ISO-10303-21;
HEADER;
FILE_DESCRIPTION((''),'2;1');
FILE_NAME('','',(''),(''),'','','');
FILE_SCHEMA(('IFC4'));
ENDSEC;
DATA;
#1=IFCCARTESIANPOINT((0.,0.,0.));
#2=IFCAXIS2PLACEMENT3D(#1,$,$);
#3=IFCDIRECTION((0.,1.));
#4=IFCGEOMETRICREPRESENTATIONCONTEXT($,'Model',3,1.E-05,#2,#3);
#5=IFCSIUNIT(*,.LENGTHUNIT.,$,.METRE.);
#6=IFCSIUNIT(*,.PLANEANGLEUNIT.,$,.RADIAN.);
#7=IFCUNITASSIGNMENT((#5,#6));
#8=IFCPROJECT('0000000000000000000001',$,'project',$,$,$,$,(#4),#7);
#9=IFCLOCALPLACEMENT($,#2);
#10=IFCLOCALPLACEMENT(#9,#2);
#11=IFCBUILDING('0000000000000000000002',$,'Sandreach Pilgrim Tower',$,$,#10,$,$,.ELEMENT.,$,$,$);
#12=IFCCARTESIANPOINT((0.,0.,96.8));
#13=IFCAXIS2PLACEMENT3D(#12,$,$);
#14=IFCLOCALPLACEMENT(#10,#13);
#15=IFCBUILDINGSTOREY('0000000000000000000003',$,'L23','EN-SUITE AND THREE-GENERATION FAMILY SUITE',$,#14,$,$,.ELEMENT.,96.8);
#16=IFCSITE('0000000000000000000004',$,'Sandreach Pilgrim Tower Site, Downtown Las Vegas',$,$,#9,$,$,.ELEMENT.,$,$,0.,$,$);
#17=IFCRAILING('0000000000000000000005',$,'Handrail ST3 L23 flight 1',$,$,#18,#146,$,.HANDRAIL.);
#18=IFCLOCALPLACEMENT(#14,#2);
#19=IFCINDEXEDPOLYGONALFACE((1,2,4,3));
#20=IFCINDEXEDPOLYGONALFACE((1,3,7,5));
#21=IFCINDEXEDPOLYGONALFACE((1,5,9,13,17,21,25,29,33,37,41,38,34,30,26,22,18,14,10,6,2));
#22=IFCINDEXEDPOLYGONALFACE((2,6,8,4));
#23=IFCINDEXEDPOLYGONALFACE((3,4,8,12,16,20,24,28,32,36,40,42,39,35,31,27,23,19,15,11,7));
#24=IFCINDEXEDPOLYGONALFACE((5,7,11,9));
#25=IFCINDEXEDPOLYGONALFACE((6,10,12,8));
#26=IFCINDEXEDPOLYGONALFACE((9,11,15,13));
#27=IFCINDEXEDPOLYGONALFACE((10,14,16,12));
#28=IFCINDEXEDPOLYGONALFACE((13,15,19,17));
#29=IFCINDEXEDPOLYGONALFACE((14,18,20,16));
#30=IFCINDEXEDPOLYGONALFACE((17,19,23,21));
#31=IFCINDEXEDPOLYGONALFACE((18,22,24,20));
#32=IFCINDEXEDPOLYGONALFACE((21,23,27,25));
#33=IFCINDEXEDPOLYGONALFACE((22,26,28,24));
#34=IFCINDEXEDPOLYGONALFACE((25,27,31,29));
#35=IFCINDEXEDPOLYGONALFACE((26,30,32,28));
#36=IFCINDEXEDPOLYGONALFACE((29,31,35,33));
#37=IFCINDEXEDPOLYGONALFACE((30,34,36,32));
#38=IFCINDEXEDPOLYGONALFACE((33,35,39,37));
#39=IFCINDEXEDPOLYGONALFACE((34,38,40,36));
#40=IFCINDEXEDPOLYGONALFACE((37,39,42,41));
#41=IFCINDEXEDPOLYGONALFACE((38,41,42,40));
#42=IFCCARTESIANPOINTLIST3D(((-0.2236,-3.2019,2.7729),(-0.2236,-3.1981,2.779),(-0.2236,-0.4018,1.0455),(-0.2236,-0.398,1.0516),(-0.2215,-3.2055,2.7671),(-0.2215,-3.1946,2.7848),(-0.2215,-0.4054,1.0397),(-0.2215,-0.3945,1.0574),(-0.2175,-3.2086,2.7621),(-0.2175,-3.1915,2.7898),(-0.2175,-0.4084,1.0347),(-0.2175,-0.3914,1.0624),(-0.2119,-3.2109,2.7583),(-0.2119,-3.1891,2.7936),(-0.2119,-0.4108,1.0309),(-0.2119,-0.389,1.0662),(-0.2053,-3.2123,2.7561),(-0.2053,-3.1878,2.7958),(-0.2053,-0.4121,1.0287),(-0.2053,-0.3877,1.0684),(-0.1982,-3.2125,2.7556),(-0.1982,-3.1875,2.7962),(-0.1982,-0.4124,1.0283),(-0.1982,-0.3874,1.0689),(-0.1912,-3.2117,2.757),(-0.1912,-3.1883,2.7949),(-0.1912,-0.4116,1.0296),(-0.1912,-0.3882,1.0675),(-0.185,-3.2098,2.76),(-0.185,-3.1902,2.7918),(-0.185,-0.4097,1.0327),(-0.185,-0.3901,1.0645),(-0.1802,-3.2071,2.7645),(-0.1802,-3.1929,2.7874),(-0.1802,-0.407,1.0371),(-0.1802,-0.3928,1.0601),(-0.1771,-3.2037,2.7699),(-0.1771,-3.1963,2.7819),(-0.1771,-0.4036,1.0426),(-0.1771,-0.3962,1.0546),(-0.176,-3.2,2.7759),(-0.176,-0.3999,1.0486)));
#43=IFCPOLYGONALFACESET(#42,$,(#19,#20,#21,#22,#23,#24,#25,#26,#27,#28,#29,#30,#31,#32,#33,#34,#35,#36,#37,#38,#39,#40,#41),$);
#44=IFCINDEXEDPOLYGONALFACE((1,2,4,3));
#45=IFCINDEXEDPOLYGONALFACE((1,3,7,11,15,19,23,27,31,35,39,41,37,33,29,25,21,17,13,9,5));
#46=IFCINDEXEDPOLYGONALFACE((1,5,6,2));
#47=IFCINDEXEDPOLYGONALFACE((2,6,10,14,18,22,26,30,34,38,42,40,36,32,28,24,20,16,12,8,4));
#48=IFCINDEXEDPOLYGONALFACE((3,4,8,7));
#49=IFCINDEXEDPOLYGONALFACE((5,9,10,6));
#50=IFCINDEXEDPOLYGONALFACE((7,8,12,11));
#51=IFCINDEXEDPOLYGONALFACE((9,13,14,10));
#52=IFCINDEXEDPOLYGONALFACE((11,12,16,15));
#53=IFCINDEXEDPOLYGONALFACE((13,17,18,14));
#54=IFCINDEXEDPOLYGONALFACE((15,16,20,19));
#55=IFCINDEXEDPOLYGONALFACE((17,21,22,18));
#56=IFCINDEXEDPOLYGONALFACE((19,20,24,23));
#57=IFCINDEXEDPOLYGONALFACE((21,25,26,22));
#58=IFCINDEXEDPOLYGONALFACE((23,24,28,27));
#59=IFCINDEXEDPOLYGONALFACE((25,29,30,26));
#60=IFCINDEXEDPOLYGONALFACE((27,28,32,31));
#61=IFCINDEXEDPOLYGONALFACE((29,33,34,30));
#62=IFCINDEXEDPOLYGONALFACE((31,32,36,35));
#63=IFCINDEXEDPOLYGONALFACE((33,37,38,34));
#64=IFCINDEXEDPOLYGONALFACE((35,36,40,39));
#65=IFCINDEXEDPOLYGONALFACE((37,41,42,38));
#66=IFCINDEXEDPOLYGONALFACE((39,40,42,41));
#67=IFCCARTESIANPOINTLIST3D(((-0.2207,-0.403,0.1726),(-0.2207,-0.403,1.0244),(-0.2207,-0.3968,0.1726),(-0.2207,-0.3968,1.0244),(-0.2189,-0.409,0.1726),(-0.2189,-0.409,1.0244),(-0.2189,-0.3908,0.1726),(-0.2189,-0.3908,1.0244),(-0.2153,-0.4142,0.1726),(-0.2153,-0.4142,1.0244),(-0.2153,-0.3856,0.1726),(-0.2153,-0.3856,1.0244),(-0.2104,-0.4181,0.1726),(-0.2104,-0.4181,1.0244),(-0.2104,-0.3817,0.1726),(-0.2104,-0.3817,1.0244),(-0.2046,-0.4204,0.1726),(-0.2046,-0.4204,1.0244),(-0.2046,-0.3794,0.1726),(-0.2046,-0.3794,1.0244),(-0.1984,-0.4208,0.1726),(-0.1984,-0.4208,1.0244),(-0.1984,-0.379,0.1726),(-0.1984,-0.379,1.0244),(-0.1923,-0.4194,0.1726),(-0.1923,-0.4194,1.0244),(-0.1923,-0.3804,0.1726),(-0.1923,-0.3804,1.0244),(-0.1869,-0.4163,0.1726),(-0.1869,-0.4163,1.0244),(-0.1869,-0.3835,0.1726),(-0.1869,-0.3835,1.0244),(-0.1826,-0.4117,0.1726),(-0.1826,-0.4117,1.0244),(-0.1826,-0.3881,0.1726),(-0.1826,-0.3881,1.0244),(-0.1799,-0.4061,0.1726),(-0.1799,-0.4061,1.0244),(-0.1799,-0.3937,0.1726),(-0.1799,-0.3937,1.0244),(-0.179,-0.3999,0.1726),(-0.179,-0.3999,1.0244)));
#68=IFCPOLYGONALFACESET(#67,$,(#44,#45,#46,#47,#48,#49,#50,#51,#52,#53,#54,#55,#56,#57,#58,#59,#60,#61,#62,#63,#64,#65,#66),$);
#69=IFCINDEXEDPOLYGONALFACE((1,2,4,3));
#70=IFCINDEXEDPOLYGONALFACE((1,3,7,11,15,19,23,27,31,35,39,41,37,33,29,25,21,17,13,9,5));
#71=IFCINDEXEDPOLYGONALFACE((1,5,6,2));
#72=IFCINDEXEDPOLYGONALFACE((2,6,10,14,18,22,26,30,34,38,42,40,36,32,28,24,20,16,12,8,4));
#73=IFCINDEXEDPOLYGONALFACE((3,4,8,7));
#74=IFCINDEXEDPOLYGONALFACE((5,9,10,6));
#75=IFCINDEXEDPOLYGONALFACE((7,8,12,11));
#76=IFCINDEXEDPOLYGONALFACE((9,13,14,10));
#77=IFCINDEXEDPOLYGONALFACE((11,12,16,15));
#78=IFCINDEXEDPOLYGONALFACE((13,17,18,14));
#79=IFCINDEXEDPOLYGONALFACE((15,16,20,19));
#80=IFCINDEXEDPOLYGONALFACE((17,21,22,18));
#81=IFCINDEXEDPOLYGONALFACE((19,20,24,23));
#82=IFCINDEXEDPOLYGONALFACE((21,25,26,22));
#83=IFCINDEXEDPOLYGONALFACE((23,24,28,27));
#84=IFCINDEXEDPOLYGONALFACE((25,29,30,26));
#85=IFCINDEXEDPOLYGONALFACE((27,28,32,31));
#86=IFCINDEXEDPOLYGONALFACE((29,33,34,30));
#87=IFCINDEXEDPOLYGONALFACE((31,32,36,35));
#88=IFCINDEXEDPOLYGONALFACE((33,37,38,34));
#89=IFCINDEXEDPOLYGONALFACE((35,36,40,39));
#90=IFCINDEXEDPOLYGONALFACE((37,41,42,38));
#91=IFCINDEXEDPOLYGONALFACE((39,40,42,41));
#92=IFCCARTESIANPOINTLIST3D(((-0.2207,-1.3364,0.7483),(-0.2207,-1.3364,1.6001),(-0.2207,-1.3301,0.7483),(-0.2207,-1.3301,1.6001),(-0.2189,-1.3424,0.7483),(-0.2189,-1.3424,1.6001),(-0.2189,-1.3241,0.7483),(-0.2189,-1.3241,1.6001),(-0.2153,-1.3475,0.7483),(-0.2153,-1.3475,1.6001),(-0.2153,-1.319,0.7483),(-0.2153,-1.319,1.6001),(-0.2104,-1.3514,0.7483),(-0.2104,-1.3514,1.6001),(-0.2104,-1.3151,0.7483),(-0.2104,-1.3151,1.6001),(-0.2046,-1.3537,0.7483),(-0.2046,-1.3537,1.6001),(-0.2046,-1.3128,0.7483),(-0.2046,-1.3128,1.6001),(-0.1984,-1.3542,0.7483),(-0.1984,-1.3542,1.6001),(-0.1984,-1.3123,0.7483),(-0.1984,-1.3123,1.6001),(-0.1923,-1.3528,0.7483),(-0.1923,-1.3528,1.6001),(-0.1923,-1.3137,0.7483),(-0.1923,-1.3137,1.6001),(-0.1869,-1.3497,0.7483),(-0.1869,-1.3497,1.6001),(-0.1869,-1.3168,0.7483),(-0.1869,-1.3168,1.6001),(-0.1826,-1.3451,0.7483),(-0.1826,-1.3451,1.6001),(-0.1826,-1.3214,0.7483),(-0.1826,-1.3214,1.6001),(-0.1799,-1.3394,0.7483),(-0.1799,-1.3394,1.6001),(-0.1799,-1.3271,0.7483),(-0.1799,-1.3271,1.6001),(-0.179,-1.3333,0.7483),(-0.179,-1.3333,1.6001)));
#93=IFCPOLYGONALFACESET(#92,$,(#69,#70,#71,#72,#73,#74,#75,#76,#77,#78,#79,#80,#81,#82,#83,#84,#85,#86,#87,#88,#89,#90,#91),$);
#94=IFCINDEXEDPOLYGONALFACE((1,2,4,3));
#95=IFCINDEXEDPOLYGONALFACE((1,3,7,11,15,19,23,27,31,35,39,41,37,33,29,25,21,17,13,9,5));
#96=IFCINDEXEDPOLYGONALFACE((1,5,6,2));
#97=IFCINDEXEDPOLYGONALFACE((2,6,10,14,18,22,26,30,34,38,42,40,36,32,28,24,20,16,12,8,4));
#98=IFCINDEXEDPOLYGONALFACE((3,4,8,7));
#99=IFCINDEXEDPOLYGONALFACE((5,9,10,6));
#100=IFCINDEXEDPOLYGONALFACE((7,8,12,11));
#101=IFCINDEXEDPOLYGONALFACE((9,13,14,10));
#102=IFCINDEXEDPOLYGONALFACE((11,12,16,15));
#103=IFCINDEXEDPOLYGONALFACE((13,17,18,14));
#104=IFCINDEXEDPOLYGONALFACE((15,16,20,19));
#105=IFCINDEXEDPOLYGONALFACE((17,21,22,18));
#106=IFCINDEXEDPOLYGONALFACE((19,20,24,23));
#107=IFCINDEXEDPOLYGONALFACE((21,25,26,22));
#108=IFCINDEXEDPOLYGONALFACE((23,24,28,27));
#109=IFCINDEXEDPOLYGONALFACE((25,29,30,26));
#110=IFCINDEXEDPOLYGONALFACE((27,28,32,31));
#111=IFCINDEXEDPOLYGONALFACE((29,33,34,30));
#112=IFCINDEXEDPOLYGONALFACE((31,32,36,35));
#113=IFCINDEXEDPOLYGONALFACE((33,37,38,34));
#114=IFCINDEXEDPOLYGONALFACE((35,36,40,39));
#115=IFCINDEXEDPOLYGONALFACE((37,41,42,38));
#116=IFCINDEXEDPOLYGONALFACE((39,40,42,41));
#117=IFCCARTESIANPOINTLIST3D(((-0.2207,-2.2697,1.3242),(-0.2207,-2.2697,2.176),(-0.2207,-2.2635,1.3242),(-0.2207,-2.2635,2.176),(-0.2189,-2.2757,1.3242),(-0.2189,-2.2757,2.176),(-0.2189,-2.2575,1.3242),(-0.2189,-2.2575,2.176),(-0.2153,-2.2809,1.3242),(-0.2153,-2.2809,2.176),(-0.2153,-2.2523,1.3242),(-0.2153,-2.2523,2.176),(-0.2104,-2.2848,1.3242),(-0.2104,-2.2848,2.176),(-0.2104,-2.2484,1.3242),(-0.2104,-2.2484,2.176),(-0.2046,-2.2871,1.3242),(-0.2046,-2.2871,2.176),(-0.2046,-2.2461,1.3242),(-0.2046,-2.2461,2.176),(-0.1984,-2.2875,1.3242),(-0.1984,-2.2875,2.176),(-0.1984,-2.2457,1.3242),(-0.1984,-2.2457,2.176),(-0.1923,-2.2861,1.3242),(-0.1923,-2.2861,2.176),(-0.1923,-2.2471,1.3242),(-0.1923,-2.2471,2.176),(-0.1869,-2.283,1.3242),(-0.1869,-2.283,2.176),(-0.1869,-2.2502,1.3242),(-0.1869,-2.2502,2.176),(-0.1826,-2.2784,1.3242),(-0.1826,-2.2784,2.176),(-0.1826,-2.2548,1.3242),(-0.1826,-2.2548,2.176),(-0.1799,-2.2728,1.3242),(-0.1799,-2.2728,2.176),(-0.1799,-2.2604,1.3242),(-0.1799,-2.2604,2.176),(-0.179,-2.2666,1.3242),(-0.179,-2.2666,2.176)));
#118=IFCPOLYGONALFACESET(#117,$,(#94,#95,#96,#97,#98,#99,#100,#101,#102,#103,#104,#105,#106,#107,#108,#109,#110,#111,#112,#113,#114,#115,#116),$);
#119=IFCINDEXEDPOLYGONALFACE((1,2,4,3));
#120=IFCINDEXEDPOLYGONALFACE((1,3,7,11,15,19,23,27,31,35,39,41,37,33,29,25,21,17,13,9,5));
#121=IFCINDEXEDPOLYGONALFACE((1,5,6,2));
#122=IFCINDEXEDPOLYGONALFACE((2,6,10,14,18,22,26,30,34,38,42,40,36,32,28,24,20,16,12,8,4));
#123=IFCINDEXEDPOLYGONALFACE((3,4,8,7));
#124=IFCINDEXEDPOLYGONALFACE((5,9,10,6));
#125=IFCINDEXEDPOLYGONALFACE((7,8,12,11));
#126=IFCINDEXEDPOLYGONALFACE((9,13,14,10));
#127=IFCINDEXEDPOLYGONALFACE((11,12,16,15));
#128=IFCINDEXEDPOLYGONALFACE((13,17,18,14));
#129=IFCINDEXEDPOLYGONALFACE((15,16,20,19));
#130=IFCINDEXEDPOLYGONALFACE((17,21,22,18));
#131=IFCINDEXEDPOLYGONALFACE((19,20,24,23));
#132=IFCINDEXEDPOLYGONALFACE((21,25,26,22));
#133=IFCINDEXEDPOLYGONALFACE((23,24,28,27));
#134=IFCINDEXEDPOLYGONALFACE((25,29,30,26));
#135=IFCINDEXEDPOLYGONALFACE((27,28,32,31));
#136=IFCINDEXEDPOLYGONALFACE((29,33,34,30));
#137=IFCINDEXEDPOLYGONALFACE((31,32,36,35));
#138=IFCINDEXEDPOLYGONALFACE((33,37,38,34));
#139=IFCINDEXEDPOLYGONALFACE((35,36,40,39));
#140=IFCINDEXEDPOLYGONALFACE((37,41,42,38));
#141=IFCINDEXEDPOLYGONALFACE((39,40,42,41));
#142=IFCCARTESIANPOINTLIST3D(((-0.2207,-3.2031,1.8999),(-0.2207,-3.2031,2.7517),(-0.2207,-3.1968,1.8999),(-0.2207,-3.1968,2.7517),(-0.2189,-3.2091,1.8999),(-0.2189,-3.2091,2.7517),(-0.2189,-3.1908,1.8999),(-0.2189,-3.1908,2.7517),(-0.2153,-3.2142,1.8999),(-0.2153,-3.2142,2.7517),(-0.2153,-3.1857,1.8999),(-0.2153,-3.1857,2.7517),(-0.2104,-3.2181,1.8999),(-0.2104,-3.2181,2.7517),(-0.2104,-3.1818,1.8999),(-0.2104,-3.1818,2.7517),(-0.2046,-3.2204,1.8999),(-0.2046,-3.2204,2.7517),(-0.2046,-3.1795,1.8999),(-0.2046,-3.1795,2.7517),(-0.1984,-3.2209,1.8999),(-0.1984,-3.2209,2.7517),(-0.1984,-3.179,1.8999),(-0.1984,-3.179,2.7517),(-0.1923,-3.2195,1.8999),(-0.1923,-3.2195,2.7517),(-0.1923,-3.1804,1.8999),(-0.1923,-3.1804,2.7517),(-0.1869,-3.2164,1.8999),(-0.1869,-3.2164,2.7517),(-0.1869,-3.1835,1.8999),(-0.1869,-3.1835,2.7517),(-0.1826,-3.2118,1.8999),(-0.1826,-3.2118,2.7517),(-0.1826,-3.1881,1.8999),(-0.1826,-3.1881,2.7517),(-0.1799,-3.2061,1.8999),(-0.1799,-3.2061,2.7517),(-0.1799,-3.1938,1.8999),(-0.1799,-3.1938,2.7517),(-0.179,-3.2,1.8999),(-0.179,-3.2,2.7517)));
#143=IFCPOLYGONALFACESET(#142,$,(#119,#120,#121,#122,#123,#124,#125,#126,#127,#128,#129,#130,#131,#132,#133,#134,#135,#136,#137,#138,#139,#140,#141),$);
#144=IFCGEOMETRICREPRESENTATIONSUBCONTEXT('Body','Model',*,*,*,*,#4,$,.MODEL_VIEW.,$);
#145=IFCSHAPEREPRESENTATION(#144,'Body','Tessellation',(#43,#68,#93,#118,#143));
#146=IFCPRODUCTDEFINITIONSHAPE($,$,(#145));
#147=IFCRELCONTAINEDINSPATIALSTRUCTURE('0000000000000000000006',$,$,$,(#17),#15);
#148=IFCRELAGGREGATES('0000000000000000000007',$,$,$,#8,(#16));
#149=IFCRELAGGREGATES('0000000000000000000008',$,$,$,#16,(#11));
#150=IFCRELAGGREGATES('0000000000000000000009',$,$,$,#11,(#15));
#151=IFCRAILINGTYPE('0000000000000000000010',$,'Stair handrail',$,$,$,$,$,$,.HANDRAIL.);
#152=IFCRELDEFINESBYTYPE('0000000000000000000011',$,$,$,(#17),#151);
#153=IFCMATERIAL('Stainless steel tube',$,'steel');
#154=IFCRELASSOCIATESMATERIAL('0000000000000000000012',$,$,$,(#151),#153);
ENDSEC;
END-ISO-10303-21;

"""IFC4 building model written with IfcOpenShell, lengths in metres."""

from ifc_helpers import new_model, si_unit, direction, frame, origin, origin_2d, place, context, subcontext, project, spatial, circle, extrude, material, type_object, element, save


model = new_model("IFC4")

# Units and contexts
model_context = context("Model", 3, precision=1e-05, world=origin(), true_north=direction((0.0, 1.0)))
body_context = subcontext(model_context, "Body", "Model", "MODEL_VIEW")
ifc_project = project(units=[si_unit("LENGTHUNIT", "METRE"), si_unit("PLANEANGLEUNIT", "RADIAN")], contexts=[model_context])

# Site, building, storey
site_placement = place(None, origin())
site = spatial("IfcSite", under=ifc_project, at=site_placement, Name="Sandreach Pilgrim Tower Site, Downtown Las Vegas", CompositionType="ELEMENT", RefElevation=0.0)
building_placement = place(site_placement, origin())
building = spatial("IfcBuilding", under=site, at=building_placement, Name="Sandreach Pilgrim Tower", CompositionType="ELEMENT")
storey_placement = place(building_placement, frame((0.0, 0.0, 96.8)))
storey = spatial("IfcBuildingStorey", under=building, at=storey_placement, Name="L23", Description="EN-SUITE AND THREE-GENERATION FAMILY SUITE", CompositionType="ELEMENT", Elevation=96.8)

# Railing
ifc_material_1 = material(Name="Stainless steel tube", Category="steel")
railing_type = type_object("IfcRailingType", Name="Stair handrail", PredefinedType="HANDRAIL", material=ifc_material_1)
for number, where, name in (
    (1, (-0.2, -0.3999, 0.1726), "Handrail ST3 L23 flight 1"),
):
    element("IfcRailing", number, at=place(storey_placement, frame(where)), inside=storey, type_object=railing_type, Name=name, PredefinedType="HANDRAIL", context=body_context, shape_type="SweptSolid", body=[
        extrude(circle(Radius=0.0239, at=origin_2d()), frame((0.0, 0.0, 0.876), z_axis=(0.0, -0.85109, 0.52502), x_axis=(1.0, 0.0, 0.0)), (0.0, 0.0, 1.0), 3.29),
        extrude(circle(Radius=0.021, at=origin_2d()), origin(), (0.0, 0.0, 1.0), 0.8518),
        extrude(circle(Radius=0.021, at=origin_2d()), frame((0.0, -0.9333, 0.5757)), (0.0, 0.0, 1.0), 0.8518),
        extrude(circle(Radius=0.021, at=origin_2d()), frame((0.0, -1.8667, 1.1516)), (0.0, 0.0, 1.0), 0.8518),
        extrude(circle(Radius=0.021, at=origin_2d()), frame((0.0, -2.8, 1.7273)), (0.0, 0.0, 1.0), 0.8518),
    ])

save(model, "model.ifc")
